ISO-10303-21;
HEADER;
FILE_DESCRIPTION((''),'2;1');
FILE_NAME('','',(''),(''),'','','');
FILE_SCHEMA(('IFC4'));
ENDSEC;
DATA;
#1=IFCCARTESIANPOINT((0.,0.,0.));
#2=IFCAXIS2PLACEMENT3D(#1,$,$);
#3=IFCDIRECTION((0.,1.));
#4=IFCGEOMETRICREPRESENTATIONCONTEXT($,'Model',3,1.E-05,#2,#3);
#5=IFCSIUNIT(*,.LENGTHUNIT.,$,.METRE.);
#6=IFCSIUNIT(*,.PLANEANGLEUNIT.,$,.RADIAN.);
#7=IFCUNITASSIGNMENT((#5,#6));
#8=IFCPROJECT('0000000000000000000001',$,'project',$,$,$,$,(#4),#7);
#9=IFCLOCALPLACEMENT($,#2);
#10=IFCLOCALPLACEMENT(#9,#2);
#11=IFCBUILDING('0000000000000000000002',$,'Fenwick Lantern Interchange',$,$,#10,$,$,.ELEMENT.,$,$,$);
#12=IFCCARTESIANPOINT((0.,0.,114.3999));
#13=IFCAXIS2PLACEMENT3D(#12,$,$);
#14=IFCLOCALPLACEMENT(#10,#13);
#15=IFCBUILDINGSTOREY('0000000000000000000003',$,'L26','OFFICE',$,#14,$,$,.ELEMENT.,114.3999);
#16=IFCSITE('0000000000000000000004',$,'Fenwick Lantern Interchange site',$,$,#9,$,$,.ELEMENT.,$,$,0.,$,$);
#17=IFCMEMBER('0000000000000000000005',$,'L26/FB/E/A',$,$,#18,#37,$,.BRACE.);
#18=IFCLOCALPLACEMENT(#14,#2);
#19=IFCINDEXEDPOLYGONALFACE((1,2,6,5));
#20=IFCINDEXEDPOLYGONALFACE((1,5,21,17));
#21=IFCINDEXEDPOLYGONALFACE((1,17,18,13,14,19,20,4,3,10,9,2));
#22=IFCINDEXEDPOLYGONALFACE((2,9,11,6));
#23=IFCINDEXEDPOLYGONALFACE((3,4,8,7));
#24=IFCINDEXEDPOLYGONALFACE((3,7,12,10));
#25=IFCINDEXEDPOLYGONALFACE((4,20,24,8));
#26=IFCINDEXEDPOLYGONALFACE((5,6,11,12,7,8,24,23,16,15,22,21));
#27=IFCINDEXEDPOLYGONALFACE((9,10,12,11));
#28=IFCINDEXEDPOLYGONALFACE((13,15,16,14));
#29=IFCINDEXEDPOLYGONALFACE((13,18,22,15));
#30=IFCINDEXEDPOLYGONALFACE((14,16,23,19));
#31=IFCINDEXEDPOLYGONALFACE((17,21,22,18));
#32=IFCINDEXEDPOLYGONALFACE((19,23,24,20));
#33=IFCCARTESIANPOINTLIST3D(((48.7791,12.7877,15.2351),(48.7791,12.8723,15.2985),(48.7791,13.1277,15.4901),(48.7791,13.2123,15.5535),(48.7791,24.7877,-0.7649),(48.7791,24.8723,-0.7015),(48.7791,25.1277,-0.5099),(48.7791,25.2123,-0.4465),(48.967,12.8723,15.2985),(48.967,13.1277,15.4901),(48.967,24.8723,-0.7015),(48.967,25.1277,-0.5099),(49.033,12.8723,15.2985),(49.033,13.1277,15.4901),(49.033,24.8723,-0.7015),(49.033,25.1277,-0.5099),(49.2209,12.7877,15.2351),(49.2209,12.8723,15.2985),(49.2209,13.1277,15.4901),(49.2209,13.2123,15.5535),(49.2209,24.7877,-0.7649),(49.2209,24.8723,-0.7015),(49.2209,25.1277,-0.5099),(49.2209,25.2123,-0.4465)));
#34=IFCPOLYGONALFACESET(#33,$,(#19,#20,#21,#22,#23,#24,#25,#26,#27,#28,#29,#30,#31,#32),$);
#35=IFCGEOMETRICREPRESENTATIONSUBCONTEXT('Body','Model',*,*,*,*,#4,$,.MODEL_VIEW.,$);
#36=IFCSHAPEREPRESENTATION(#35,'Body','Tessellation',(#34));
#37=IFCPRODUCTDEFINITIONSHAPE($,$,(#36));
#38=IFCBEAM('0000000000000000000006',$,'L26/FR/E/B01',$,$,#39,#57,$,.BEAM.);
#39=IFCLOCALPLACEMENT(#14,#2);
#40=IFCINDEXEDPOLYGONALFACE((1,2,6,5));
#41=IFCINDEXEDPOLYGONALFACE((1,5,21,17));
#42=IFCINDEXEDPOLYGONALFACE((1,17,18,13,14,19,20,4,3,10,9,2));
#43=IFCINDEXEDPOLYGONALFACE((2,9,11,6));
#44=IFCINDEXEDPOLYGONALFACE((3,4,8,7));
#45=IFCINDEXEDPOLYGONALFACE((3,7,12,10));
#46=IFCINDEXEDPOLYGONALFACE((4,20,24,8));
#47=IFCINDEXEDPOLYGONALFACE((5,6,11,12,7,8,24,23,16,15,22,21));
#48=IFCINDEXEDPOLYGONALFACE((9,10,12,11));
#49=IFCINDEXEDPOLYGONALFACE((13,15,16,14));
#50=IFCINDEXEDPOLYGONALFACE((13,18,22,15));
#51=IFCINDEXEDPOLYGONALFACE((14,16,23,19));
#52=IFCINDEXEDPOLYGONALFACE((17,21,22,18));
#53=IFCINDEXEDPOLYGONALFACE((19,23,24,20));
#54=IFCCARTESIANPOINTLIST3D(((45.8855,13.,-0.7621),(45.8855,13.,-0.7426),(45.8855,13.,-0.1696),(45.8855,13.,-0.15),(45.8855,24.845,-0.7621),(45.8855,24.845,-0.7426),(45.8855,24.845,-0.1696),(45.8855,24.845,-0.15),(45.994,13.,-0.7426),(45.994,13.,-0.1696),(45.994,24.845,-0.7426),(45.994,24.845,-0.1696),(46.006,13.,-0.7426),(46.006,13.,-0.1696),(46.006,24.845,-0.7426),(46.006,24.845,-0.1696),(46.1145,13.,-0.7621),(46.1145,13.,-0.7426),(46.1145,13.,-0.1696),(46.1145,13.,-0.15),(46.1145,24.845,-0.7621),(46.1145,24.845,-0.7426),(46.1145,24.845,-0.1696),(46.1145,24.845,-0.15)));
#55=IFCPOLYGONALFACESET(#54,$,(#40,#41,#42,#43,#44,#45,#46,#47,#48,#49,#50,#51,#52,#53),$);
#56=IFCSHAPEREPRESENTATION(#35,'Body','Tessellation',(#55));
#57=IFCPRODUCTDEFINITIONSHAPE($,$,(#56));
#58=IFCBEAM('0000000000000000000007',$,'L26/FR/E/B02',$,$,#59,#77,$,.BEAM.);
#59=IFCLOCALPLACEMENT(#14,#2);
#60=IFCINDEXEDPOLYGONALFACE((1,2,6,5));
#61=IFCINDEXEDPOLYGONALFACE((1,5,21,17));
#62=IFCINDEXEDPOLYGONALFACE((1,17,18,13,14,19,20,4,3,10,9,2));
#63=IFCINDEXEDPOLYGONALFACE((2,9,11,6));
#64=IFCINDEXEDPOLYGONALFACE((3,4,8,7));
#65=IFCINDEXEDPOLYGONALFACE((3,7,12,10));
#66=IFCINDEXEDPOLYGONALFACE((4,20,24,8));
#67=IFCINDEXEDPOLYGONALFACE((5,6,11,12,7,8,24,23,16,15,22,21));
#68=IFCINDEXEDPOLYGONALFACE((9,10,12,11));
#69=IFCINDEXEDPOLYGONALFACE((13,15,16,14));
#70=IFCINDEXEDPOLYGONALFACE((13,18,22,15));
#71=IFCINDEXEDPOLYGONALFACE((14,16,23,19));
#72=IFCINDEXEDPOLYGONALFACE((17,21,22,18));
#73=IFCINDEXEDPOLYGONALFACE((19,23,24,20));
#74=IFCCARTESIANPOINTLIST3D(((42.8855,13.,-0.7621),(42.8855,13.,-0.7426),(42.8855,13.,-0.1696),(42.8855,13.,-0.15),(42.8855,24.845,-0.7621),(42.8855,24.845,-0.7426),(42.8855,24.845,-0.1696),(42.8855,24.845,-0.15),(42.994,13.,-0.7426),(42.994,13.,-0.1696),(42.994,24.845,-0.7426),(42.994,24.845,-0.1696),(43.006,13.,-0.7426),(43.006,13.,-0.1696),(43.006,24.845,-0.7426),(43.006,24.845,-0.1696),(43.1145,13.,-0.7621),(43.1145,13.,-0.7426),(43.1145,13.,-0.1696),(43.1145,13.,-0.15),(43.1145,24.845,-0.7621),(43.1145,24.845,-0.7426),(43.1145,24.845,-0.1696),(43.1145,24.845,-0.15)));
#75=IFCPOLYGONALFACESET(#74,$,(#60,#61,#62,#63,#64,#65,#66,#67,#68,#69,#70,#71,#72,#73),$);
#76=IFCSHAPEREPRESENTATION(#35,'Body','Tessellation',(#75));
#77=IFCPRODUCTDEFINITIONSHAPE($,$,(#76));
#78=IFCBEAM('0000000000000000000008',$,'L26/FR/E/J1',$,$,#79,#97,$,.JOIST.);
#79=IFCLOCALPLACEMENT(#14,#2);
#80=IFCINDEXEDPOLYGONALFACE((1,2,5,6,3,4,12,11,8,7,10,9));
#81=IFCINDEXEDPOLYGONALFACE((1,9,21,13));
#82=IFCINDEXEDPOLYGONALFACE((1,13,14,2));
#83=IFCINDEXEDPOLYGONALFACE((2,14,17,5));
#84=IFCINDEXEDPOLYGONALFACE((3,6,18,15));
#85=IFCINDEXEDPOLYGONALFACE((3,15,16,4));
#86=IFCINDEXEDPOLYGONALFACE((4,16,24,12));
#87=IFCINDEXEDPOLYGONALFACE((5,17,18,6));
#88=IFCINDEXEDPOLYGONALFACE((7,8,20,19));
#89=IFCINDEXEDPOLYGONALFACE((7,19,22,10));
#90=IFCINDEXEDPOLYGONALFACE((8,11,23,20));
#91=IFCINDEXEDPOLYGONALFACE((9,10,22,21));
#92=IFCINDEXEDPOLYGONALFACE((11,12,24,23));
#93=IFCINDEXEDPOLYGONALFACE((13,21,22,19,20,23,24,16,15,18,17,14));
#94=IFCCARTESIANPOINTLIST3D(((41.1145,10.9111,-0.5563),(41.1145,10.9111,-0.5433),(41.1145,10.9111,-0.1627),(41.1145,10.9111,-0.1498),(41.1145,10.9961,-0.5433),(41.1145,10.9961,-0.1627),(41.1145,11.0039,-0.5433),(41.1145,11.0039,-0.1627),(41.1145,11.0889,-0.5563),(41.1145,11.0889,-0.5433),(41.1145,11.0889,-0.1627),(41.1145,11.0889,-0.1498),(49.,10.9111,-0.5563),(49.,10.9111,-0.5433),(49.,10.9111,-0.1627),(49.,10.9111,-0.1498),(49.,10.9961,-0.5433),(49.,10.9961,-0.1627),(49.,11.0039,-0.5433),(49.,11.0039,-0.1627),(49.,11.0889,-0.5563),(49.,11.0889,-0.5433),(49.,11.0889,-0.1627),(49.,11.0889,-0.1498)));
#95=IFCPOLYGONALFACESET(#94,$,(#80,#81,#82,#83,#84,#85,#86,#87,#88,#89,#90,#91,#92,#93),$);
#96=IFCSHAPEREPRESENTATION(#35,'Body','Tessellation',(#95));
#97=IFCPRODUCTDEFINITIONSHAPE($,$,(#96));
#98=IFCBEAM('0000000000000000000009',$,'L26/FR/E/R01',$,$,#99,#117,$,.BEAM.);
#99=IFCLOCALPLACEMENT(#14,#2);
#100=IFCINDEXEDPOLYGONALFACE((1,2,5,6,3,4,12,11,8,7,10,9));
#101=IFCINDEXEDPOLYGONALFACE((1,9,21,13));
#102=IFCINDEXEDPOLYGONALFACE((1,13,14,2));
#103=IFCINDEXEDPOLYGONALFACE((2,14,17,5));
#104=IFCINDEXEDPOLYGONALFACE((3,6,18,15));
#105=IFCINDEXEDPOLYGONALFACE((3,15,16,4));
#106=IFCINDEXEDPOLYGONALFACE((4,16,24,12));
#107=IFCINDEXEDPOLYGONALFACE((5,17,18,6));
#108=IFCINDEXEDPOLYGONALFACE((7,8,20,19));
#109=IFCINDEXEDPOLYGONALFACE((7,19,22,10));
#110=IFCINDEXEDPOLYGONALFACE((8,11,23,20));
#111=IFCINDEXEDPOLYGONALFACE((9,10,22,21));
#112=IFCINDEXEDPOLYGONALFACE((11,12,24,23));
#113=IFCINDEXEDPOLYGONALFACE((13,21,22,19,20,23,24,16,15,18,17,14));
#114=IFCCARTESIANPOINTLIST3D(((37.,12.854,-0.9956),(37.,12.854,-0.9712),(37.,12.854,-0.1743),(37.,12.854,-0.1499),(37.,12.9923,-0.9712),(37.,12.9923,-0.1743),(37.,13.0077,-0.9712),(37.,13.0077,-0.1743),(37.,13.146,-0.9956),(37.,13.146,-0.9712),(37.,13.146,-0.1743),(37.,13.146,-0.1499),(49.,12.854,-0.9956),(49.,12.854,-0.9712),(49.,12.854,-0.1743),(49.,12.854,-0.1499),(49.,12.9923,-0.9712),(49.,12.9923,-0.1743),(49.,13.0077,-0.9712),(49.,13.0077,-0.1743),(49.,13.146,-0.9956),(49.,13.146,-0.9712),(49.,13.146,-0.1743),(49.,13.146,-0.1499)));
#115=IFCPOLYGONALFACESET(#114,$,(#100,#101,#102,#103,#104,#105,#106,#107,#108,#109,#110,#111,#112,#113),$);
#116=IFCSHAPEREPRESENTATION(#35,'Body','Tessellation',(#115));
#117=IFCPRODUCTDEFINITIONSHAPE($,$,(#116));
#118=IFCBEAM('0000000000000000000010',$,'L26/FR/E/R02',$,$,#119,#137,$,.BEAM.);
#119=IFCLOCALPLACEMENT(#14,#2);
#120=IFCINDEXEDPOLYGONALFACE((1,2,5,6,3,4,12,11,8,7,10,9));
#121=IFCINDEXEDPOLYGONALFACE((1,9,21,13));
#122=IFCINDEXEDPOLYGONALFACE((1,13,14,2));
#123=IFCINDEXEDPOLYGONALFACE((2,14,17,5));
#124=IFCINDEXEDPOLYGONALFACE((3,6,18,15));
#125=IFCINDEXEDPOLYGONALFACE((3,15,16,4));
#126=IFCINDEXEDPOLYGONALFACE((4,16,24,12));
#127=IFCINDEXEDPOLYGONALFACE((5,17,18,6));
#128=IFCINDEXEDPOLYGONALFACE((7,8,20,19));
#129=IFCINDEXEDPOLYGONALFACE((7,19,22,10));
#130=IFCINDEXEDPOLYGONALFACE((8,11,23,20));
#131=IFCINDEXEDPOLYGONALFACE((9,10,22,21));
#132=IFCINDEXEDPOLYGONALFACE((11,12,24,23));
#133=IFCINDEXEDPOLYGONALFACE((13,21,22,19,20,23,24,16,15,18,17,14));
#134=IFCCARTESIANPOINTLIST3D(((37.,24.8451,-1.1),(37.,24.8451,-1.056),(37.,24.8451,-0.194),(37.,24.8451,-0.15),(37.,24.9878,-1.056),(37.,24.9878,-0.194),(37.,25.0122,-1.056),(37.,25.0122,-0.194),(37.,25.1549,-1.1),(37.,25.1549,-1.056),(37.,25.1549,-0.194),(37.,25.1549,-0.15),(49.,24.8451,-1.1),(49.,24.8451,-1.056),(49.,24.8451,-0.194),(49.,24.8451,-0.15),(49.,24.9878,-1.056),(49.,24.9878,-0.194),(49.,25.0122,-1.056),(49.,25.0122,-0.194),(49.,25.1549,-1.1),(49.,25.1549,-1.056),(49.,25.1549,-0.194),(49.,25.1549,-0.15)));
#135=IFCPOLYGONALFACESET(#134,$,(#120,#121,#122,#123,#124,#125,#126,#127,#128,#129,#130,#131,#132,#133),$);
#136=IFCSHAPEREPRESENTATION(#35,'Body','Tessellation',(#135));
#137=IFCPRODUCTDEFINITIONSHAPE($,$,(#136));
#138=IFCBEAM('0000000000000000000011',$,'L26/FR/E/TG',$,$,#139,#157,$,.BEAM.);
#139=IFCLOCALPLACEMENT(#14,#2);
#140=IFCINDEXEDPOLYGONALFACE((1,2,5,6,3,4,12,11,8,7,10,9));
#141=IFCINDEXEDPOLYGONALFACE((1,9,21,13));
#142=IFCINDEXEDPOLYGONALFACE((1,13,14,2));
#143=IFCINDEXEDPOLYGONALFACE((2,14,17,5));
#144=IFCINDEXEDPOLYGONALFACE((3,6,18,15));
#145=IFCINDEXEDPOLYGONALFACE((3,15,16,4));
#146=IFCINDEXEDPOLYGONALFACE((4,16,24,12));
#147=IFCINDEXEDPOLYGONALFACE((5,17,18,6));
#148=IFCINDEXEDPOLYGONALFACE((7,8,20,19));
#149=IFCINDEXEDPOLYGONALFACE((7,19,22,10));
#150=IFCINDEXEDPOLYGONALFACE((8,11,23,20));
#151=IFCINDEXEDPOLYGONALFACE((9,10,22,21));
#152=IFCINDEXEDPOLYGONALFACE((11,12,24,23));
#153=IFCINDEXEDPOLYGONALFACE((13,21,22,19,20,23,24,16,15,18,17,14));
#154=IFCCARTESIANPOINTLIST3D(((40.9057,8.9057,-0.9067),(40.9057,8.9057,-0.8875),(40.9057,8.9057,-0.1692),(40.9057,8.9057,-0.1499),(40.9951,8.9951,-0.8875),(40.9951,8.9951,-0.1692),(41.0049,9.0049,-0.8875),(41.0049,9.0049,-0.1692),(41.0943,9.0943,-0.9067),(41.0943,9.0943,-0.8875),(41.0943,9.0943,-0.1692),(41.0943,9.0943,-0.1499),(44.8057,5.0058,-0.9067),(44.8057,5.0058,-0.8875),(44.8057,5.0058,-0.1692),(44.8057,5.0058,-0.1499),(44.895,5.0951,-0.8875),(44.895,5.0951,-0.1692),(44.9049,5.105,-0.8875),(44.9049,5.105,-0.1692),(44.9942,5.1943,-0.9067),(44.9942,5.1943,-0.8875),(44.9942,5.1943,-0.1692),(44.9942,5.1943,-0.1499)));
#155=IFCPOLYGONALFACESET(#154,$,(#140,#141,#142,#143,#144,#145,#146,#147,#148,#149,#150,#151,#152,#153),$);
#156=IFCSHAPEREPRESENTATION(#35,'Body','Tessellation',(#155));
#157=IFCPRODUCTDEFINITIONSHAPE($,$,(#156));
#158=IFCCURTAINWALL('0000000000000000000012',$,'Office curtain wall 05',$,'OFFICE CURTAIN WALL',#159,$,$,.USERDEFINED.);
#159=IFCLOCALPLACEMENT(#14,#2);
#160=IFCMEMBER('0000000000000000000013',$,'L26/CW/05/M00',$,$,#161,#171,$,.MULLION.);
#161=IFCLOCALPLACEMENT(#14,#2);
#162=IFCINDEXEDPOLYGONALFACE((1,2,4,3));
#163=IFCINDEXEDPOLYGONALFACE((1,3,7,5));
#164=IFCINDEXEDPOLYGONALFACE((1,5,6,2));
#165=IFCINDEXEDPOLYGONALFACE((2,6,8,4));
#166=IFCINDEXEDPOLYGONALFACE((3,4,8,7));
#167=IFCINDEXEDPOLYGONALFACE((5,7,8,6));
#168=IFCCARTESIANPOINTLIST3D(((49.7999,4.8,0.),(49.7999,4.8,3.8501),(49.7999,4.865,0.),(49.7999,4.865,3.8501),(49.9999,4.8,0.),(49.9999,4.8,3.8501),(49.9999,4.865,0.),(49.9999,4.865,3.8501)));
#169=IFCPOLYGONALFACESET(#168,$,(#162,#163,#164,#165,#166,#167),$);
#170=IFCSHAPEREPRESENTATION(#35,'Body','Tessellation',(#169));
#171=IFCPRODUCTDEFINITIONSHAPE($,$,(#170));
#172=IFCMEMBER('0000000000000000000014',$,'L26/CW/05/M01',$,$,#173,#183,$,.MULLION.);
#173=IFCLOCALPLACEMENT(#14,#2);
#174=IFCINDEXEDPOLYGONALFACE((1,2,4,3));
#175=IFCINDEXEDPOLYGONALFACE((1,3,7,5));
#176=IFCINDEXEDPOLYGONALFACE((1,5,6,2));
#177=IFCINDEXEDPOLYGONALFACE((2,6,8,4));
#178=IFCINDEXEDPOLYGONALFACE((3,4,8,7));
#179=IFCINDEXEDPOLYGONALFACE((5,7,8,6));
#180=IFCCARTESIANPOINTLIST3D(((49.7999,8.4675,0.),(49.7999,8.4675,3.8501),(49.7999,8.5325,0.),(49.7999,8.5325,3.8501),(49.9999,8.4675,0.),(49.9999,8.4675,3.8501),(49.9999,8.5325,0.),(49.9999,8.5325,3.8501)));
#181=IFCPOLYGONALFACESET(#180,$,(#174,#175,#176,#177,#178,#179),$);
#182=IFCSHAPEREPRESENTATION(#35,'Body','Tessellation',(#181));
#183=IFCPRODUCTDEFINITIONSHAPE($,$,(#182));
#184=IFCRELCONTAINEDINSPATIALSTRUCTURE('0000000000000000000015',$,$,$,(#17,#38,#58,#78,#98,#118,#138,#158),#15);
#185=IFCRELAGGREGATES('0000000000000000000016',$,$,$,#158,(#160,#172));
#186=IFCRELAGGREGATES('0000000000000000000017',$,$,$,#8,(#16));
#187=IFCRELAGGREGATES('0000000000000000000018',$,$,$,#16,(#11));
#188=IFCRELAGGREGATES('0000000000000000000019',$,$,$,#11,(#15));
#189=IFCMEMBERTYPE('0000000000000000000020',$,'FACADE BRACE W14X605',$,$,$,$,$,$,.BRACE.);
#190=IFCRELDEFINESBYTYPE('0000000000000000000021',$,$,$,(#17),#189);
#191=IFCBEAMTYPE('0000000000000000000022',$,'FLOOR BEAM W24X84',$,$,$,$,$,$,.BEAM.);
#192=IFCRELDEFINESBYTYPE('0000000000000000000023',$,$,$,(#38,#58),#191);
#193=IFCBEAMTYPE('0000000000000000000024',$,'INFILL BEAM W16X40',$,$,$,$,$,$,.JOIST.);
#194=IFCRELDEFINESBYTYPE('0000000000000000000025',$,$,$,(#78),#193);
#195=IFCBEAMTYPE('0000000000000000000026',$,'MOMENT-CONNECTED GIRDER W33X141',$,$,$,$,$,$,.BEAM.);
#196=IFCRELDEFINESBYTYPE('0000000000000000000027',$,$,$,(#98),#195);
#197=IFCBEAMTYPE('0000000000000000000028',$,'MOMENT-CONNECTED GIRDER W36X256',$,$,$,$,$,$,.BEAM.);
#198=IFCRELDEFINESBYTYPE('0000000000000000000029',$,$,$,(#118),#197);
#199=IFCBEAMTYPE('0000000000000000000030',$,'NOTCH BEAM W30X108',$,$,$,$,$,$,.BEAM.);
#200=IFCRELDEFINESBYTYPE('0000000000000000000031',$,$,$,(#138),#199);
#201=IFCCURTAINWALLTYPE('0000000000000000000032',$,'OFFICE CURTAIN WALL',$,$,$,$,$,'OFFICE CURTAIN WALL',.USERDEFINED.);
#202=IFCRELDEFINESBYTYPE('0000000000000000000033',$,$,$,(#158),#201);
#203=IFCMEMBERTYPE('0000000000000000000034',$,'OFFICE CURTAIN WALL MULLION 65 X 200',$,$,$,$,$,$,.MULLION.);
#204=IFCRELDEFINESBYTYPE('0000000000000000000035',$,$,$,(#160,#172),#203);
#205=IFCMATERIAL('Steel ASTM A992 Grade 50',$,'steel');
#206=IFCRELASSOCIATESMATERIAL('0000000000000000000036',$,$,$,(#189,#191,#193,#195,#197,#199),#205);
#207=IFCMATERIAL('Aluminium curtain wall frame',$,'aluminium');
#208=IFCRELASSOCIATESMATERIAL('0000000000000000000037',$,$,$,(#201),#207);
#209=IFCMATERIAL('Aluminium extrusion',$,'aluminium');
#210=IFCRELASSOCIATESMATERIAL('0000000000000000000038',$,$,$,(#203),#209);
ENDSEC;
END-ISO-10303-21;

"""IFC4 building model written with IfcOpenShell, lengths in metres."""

from ifc_helpers import new_model, si_unit, direction, frame, origin, origin_2d, place, context, subcontext, project, spatial, rectangle, i_section, extrude, material, material_profile, profile_set, type_object, element, aggregate, save


model = new_model("IFC4")

# Units and contexts
model_context = context("Model", 3, precision=1e-05, world=origin(), true_north=direction((0.0, 1.0)))
body_context = subcontext(model_context, "Body", "Model", "MODEL_VIEW")
ifc_project = project(units=[si_unit("LENGTHUNIT", "METRE"), si_unit("PLANEANGLEUNIT", "RADIAN")], contexts=[model_context])

# Site, building, storey
site_placement = place(None, origin())
site = spatial("IfcSite", under=ifc_project, at=site_placement, Name="Fenwick Lantern Interchange site", CompositionType="ELEMENT", RefElevation=0.0)
building_placement = place(site_placement, origin())
building = spatial("IfcBuilding", under=site, at=building_placement, Name="Fenwick Lantern Interchange", CompositionType="ELEMENT")
storey_placement = place(building_placement, frame((0.0, 0.0, 114.3999)))
storey = spatial("IfcBuildingStorey", under=building, at=storey_placement, Name="L26", Description="OFFICE", CompositionType="ELEMENT", Elevation=114.3999)

# Shared definitions
ifc_material_1 = material(Name="Steel ASTM A992 Grade 50", Category="steel")

# Member
ifc_material_profile_1 = material_profile(ifc_material_1, i_section(OverallWidth=0.4419, OverallDepth=0.5308, WebThickness=0.0659, FlangeThickness=0.1057, at=origin_2d()), Name="W14X605")
ifc_profile_set_1 = profile_set([ifc_material_profile_1], Name="Steel ASTM A992 Grade 50")
member_type_1 = type_object("IfcMemberType", Name="FACADE BRACE W14X605", PredefinedType="BRACE", material=ifc_profile_set_1)
member_1_placement = place(storey_placement, frame((49.0, 25.0, -0.6057), z_axis=(0.0, -0.6, 0.8), x_axis=(1.0, 0.0, 0.0)))
element("IfcMember", 1, at=member_1_placement, inside=storey, type_object=member_type_1, Name="L26/FB/E/A", PredefinedType="BRACE", context=body_context, shape_type="SweptSolid", body=[
    extrude(i_section(OverallWidth=0.4419, OverallDepth=0.5308, WebThickness=0.0659, FlangeThickness=0.1057, at=origin_2d()), origin(), (0.0, 0.0, 1.0), 20.0),
])

# Beams
ifc_material_profile_2 = material_profile(ifc_material_1, i_section(OverallWidth=0.229, OverallDepth=0.6121, WebThickness=0.012, FlangeThickness=0.0195, at=origin_2d()), Name="W24X84")
ifc_profile_set_2 = profile_set([ifc_material_profile_2], Name="Steel ASTM A992 Grade 50")
beam_type_1 = type_object("IfcBeamType", Name="FLOOR BEAM W24X84", PredefinedType="BEAM", material=ifc_profile_set_2)
for number, where, z_axis, x_axis, name in (
    (2, (46.0, 13.0, -0.4561), (0.0, 1.0, 0.0), (-1.0, 0.0, 0.0), "L26/FR/E/B01"),
    (3, (43.0, 13.0, -0.4561), (0.0, 1.0, 0.0), (-1.0, 0.0, 0.0), "L26/FR/E/B02"),
):
    element("IfcBeam", number, at=place(storey_placement, frame(where, z_axis=z_axis, x_axis=x_axis)), inside=storey, type_object=beam_type_1, Name=name, PredefinedType="BEAM", context=body_context, shape_type="SweptSolid", body=[
        extrude(i_section(OverallWidth=0.229, OverallDepth=0.6121, WebThickness=0.012, FlangeThickness=0.0195, at=origin_2d()), origin(), (0.0, 0.0, 1.0), 11.845),
    ])
ifc_material_profile_3 = material_profile(ifc_material_1, i_section(OverallWidth=0.1777, OverallDepth=0.4065, WebThickness=0.0078, FlangeThickness=0.0129, at=origin_2d()), Name="W16X40")
ifc_profile_set_3 = profile_set([ifc_material_profile_3], Name="Steel ASTM A992 Grade 50")
beam_type_2 = type_object("IfcBeamType", Name="INFILL BEAM W16X40", PredefinedType="JOIST", material=ifc_profile_set_3)
beam_1_placement = place(storey_placement, frame((49.0, 11.0, -0.353), z_axis=(-1.0, 0.0, 0.0), x_axis=(0.0, -1.0, 0.0)))
element("IfcBeam", 4, at=beam_1_placement, inside=storey, type_object=beam_type_2, Name="L26/FR/E/J1", PredefinedType="JOIST", context=body_context, shape_type="SweptSolid", body=[
    extrude(i_section(OverallWidth=0.1777, OverallDepth=0.4065, WebThickness=0.0078, FlangeThickness=0.0129, at=origin_2d()), origin(), (0.0, 0.0, 1.0), 7.8855),
])
ifc_material_profile_4 = material_profile(ifc_material_1, i_section(OverallWidth=0.292, OverallDepth=0.8457, WebThickness=0.0154, FlangeThickness=0.0244, at=origin_2d()), Name="W33X141")
ifc_profile_set_4 = profile_set([ifc_material_profile_4], Name="Steel ASTM A992 Grade 50")
beam_type_3 = type_object("IfcBeamType", Name="MOMENT-CONNECTED GIRDER W33X141", PredefinedType="BEAM", material=ifc_profile_set_4)
beam_2_placement = place(storey_placement, frame((49.0, 13.0, -0.5728), z_axis=(-1.0, 0.0, 0.0), x_axis=(0.0, -1.0, 0.0)))
element("IfcBeam", 5, at=beam_2_placement, inside=storey, type_object=beam_type_3, Name="L26/FR/E/R01", PredefinedType="BEAM", context=body_context, shape_type="SweptSolid", body=[
    extrude(i_section(OverallWidth=0.292, OverallDepth=0.8457, WebThickness=0.0154, FlangeThickness=0.0244, at=origin_2d()), origin(), (0.0, 0.0, 1.0), 12.0),
])
ifc_material_profile_5 = material_profile(ifc_material_1, i_section(OverallWidth=0.3098, OverallDepth=0.95, WebThickness=0.0244, FlangeThickness=0.0439, at=origin_2d()), Name="W36X256")
ifc_profile_set_5 = profile_set([ifc_material_profile_5], Name="Steel ASTM A992 Grade 50")
beam_type_4 = type_object("IfcBeamType", Name="MOMENT-CONNECTED GIRDER W36X256", PredefinedType="BEAM", material=ifc_profile_set_5)
beam_3_placement = place(storey_placement, frame((49.0, 25.0, -0.625), z_axis=(-1.0, 0.0, 0.0), x_axis=(0.0, -1.0, 0.0)))
element("IfcBeam", 6, at=beam_3_placement, inside=storey, type_object=beam_type_4, Name="L26/FR/E/R02", PredefinedType="BEAM", context=body_context, shape_type="SweptSolid", body=[
    extrude(i_section(OverallWidth=0.3098, OverallDepth=0.95, WebThickness=0.0244, FlangeThickness=0.0439, at=origin_2d()), origin(), (0.0, 0.0, 1.0), 12.0),
])
ifc_material_profile_6 = material_profile(ifc_material_1, i_section(OverallWidth=0.2666, OverallDepth=0.7568, WebThickness=0.0139, FlangeThickness=0.0193, at=origin_2d()), Name="W30X108")
ifc_profile_set_6 = profile_set([ifc_material_profile_6], Name="Steel ASTM A992 Grade 50")
beam_type_5 = type_object("IfcBeamType", Name="NOTCH BEAM W30X108", PredefinedType="BEAM", material=ifc_profile_set_6)
beam_4_placement = place(storey_placement, frame((41.0, 9.0, -0.5283), z_axis=(0.707107, -0.707107, 0.0), x_axis=(0.707107, 0.707107, 0.0)))
element("IfcBeam", 7, at=beam_4_placement, inside=storey, type_object=beam_type_5, Name="L26/FR/E/TG", PredefinedType="BEAM", context=body_context, shape_type="SweptSolid", body=[
    extrude(i_section(OverallWidth=0.2666, OverallDepth=0.7568, WebThickness=0.0139, FlangeThickness=0.0193, at=origin_2d()), origin(), (0.0, 0.0, 1.0), 5.5154),
])

# Curtain wall, members
ifc_material_2 = material(Name="Aluminium curtain wall frame", Category="aluminium")
curtain_wall_type = type_object("IfcCurtainWallType", Name="OFFICE CURTAIN WALL", ElementType="OFFICE CURTAIN WALL", PredefinedType="USERDEFINED", material=ifc_material_2)
curtain_wall_placement = place(storey_placement, origin())
curtain_wall = element("IfcCurtainWall", 8, at=curtain_wall_placement, inside=storey, type_object=curtain_wall_type, Name="Office curtain wall 05", ObjectType="OFFICE CURTAIN WALL", PredefinedType="USERDEFINED")
ifc_material_3 = material(Name="Aluminium extrusion", Category="aluminium")
ifc_material_profile_7 = material_profile(ifc_material_3, rectangle(XDim=0.2, YDim=0.0649, at=origin_2d()), Name="OFFICE CURTAIN WALL MULLION 65 X 200")
ifc_profile_set_7 = profile_set([ifc_material_profile_7], Name="Aluminium extrusion")
member_type_2 = type_object("IfcMemberType", Name="OFFICE CURTAIN WALL MULLION 65 X 200", PredefinedType="MULLION", material=ifc_profile_set_7)
member_2_placement = place(storey_placement, frame((49.8999, 4.8325, 0.0), z_axis=(0.0, 0.0, 1.0), x_axis=(-1.0, 0.0, 0.0)))
member_2 = element("IfcMember", 9, at=member_2_placement, type_object=member_type_2, Name="L26/CW/05/M00", PredefinedType="MULLION", context=body_context, shape_type="SweptSolid", body=[
    extrude(rectangle(XDim=0.2, YDim=0.0649, at=origin_2d()), origin(), (0.0, 0.0, 1.0), 3.8501),
])
member_3_placement = place(storey_placement, frame((49.8999, 8.5, 0.0), z_axis=(0.0, 0.0, 1.0), x_axis=(-1.0, 0.0, 0.0)))
member_3 = element("IfcMember", 10, at=member_3_placement, type_object=member_type_2, Name="L26/CW/05/M01", PredefinedType="MULLION", context=body_context, shape_type="SweptSolid", body=[
    extrude(rectangle(XDim=0.2, YDim=0.0649, at=origin_2d()), origin(), (0.0, 0.0, 1.0), 3.8501),
])
aggregate(curtain_wall, [member_2, member_3])

save(model, "model.ifc")
